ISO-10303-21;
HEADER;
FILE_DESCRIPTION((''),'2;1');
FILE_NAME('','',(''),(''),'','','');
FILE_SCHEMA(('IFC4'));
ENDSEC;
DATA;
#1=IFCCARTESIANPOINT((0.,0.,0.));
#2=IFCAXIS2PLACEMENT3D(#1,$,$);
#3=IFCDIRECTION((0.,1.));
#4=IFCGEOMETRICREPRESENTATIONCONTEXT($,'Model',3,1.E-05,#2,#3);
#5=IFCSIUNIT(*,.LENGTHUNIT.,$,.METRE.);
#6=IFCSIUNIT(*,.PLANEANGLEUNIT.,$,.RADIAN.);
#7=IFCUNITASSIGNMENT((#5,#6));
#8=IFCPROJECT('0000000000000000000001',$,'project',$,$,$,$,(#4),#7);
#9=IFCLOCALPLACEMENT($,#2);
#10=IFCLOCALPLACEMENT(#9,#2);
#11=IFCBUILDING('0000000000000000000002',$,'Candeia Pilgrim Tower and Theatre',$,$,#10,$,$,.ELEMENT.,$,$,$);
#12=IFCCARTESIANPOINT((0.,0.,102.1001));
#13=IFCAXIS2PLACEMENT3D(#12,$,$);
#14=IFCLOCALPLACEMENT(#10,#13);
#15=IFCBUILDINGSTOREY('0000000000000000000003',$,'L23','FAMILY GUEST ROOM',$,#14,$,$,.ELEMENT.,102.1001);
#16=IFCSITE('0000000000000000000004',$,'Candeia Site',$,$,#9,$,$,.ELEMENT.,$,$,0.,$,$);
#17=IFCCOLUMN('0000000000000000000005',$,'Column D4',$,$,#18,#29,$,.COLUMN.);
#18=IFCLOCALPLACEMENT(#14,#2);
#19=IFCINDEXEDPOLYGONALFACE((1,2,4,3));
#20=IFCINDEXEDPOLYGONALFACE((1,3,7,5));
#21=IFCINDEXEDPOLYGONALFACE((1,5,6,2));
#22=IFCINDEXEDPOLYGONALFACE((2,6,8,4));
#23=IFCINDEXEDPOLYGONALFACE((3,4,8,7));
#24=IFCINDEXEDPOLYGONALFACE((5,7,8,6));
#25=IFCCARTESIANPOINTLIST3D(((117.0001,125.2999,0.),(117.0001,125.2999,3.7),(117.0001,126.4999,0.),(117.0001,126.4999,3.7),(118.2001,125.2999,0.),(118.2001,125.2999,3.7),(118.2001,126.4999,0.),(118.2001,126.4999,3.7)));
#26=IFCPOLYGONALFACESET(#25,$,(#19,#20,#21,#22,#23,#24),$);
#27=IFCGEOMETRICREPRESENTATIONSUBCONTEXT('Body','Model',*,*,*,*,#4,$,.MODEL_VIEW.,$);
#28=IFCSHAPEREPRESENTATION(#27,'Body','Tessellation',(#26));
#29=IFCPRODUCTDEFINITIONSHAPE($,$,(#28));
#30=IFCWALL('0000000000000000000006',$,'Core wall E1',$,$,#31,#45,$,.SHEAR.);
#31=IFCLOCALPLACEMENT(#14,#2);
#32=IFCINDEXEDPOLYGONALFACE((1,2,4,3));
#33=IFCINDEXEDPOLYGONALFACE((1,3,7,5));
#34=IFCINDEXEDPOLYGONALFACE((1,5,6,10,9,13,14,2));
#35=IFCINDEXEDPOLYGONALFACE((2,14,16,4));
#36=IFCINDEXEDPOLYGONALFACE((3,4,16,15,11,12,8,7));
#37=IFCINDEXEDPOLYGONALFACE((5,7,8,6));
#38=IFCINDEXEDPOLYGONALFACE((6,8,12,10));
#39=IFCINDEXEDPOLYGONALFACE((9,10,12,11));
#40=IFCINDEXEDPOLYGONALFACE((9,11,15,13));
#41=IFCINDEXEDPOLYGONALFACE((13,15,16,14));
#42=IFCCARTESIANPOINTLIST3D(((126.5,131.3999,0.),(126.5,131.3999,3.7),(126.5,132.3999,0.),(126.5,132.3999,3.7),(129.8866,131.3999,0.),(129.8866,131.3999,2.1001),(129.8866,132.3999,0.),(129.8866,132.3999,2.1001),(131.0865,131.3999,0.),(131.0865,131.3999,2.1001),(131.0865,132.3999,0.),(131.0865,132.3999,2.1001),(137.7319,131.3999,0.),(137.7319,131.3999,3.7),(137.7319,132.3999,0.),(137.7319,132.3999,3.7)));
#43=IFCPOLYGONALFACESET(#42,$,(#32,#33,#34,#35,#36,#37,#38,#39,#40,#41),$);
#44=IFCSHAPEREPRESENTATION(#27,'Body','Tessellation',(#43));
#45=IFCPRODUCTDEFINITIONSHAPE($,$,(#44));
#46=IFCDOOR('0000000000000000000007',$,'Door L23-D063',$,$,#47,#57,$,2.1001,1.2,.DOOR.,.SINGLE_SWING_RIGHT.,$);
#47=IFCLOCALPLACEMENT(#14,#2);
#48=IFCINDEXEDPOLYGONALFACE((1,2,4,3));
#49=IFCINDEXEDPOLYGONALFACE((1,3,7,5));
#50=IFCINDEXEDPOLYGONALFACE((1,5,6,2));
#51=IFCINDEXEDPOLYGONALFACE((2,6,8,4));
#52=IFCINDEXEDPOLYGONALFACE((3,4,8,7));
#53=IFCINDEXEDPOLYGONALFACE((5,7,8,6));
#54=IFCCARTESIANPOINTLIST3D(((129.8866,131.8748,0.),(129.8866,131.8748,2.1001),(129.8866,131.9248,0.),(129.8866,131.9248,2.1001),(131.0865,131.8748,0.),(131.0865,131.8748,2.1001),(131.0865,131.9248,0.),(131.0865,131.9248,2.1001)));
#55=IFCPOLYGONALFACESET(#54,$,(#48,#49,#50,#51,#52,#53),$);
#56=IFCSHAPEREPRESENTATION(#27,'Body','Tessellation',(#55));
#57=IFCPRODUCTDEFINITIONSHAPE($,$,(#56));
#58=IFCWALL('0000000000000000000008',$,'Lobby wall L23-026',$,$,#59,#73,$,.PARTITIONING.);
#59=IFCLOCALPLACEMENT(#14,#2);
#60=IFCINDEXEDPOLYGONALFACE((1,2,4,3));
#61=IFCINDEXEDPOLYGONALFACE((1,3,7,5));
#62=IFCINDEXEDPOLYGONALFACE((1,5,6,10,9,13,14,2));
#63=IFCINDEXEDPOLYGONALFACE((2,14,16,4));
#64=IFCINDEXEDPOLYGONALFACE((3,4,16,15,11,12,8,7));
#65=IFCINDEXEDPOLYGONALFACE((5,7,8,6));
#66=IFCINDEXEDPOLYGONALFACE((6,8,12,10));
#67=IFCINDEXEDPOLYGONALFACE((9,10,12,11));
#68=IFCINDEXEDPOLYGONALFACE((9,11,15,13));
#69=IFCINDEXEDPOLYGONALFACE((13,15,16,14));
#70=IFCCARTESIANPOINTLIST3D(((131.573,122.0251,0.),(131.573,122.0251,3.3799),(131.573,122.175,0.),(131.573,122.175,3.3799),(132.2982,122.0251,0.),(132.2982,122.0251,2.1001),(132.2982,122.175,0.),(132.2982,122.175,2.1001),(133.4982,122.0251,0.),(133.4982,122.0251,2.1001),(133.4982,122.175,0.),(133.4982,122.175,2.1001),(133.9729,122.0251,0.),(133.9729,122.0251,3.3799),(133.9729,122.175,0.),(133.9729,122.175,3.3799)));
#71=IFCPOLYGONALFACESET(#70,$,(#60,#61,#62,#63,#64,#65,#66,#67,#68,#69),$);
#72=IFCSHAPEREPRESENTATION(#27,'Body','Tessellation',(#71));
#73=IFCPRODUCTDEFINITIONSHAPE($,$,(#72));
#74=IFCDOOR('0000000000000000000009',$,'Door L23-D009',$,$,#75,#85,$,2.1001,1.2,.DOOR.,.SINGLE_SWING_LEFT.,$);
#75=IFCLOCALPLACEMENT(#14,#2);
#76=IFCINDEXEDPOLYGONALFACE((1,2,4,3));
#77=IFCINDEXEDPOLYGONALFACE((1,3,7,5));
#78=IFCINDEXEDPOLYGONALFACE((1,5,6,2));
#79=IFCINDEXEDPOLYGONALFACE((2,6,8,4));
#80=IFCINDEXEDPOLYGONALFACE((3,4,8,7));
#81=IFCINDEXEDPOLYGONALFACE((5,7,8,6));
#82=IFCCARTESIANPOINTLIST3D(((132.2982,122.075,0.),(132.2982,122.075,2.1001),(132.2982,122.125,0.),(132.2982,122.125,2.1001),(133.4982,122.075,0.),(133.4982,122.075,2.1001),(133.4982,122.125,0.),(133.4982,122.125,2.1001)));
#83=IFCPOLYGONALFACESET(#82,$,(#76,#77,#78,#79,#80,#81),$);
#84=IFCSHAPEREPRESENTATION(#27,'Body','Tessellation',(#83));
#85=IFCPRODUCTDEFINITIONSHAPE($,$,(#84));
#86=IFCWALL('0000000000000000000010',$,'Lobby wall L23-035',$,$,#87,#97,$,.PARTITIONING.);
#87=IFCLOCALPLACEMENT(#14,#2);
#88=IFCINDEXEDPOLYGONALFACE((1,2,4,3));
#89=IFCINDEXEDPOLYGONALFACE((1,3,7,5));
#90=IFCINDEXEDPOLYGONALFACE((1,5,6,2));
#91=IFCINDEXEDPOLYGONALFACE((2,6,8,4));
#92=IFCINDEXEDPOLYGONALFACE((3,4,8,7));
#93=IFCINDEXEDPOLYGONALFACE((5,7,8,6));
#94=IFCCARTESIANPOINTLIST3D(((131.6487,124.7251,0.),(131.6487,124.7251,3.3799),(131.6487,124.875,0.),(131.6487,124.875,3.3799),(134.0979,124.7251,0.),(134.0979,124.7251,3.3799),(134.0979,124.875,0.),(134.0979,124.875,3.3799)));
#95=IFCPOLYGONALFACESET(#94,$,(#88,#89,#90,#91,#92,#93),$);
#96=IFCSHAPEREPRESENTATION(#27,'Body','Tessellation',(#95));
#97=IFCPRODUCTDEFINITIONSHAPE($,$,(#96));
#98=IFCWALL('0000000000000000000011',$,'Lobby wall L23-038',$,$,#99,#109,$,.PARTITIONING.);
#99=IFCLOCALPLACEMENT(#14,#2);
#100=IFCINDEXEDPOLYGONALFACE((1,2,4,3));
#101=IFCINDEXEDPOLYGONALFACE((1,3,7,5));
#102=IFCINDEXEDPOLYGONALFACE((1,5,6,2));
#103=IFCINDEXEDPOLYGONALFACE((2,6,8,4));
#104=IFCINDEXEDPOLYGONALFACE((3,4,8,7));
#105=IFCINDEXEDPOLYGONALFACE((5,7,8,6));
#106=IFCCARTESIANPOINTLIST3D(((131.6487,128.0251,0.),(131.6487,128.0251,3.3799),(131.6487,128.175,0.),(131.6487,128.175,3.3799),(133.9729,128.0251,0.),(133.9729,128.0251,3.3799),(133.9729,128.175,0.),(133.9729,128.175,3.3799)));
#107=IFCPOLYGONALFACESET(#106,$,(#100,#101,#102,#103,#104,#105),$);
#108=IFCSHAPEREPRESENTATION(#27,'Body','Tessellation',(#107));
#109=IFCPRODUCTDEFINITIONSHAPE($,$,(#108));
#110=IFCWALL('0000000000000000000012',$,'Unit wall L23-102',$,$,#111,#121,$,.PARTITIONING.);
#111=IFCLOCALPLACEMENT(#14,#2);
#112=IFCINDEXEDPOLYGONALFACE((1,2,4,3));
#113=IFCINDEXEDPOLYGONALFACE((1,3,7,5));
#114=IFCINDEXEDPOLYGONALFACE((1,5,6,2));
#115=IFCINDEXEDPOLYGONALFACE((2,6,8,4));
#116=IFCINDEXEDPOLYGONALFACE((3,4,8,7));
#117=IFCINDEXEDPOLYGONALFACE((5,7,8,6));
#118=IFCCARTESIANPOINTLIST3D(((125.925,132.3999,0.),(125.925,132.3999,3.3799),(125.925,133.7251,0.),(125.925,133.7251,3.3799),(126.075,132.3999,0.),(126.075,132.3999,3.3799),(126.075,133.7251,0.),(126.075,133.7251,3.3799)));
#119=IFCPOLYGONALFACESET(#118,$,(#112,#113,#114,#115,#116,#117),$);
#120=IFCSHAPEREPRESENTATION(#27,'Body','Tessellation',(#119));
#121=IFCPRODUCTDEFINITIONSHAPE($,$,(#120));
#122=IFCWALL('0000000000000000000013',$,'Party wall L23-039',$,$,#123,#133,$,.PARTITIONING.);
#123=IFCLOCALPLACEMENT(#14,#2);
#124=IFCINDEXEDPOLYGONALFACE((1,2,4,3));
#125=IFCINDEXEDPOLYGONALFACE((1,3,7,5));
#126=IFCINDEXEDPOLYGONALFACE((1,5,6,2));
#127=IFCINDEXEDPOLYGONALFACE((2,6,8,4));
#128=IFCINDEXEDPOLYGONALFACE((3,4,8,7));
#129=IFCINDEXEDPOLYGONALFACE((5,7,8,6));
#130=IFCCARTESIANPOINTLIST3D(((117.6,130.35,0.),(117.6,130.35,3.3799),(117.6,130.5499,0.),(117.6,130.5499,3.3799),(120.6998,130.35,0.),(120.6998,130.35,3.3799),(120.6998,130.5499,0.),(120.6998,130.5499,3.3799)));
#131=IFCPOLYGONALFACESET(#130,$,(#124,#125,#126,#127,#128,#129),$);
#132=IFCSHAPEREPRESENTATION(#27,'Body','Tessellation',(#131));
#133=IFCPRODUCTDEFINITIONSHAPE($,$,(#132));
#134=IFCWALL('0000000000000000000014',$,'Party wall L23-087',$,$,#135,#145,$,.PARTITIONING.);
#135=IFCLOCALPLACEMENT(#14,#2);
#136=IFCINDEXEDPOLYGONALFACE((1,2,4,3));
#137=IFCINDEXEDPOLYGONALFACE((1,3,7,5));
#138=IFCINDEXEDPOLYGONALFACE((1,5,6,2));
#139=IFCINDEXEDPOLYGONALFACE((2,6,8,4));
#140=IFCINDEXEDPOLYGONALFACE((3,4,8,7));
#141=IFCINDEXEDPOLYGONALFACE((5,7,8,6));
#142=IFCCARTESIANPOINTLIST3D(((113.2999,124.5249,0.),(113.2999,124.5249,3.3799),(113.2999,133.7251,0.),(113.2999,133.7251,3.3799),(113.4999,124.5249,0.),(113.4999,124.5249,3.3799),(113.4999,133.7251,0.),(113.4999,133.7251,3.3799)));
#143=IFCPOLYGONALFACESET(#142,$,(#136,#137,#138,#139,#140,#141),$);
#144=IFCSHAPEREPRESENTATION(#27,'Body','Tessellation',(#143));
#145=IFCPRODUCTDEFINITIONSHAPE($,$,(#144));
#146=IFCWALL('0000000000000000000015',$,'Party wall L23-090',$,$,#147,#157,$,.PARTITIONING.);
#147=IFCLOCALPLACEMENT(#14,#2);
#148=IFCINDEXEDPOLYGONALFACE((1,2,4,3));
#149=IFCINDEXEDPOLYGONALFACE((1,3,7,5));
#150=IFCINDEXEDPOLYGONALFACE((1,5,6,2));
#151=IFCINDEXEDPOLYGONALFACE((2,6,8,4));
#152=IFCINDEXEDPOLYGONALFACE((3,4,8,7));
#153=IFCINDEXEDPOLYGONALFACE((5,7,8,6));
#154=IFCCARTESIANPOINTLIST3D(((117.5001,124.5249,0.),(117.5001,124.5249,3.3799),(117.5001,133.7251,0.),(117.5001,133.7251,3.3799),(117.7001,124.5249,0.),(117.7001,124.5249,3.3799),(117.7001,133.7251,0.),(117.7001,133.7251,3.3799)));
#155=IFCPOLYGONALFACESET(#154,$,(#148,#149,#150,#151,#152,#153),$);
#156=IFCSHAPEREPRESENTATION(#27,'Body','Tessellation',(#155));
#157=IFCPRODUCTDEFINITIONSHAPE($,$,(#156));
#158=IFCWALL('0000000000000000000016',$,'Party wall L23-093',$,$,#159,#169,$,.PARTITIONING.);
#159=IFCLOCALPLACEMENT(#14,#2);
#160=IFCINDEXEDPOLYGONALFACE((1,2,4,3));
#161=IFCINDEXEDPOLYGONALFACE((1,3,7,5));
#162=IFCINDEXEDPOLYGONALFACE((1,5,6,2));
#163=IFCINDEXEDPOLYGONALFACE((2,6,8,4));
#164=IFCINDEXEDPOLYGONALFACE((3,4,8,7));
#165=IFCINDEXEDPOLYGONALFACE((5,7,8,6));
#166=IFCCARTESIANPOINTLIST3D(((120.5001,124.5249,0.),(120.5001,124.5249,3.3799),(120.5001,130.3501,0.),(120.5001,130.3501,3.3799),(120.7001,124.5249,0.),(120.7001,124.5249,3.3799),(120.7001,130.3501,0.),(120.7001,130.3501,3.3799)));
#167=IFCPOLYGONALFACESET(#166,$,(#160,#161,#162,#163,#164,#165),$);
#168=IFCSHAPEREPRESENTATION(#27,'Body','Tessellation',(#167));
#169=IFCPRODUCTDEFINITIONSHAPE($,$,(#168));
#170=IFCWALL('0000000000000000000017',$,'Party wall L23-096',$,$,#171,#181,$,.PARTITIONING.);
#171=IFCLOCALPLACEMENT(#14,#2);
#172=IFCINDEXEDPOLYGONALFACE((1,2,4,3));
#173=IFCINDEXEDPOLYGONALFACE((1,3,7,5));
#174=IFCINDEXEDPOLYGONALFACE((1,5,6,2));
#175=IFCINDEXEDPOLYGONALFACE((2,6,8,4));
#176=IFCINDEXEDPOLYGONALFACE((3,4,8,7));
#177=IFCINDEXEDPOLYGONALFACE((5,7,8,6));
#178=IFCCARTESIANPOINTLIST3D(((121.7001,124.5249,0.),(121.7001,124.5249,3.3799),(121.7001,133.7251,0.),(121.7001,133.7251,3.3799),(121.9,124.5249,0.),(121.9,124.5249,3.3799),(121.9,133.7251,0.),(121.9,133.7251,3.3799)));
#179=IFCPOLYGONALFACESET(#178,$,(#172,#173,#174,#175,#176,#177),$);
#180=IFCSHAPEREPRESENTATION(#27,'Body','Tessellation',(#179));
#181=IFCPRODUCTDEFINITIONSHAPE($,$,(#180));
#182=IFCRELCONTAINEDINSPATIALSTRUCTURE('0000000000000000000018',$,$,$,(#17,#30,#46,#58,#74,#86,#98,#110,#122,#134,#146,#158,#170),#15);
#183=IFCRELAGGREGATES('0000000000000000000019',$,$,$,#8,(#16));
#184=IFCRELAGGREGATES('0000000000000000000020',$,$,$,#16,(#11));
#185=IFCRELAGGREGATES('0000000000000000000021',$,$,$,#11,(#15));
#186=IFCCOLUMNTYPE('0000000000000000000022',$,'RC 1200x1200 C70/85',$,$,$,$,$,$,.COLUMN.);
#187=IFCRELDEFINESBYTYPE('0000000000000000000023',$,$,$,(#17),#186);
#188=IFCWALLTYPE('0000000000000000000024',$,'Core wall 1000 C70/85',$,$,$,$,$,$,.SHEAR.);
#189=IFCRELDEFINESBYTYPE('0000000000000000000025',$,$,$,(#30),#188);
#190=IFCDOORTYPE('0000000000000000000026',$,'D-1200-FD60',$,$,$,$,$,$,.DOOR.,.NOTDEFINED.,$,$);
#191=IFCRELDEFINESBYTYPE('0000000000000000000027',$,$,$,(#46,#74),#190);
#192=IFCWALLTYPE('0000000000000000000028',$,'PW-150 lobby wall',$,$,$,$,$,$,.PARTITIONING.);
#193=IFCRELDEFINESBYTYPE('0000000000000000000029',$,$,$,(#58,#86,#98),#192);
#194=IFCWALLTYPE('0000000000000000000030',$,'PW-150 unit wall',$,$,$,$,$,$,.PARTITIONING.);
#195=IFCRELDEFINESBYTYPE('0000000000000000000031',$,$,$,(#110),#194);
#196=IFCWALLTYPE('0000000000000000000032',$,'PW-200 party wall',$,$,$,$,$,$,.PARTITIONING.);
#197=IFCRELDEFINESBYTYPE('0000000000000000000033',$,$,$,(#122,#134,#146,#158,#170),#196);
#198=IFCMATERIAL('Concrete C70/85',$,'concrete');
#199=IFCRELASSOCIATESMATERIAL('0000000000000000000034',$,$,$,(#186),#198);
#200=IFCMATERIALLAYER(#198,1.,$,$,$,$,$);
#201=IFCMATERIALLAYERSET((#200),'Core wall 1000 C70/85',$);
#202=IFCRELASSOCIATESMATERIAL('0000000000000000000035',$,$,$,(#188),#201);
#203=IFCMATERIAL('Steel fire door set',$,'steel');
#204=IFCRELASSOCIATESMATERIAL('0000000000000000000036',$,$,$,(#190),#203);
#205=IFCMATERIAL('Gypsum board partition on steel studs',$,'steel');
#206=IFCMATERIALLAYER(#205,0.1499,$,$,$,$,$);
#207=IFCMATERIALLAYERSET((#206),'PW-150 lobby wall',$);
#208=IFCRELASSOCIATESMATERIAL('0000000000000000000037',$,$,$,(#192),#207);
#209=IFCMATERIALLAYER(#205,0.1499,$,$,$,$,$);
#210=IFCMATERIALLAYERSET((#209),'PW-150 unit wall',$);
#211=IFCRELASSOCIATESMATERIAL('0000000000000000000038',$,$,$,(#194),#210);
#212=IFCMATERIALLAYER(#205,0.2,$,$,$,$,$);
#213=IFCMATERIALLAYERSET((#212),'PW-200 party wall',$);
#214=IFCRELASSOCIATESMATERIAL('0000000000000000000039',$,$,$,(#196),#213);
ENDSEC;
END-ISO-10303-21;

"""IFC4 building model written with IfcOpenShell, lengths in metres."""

from ifc_helpers import new_model, si_unit, direction, frame, frame_2d, origin, origin_2d, place, context, subcontext, project, spatial, rectangle, extrude, material, layer, layer_set, material_profile, profile_set, type_object, element, fill, save


model = new_model("IFC4")

# Units and contexts
model_context = context("Model", 3, precision=1e-05, world=origin(), true_north=direction((0.0, 1.0)))
body_context = subcontext(model_context, "Body", "Model", "MODEL_VIEW")
ifc_project = project(units=[si_unit("LENGTHUNIT", "METRE"), si_unit("PLANEANGLEUNIT", "RADIAN")], contexts=[model_context])

# Site, building, storey
site_placement = place(None, origin())
site = spatial("IfcSite", under=ifc_project, at=site_placement, Name="Candeia Site", CompositionType="ELEMENT", RefElevation=0.0)
building_placement = place(site_placement, origin())
building = spatial("IfcBuilding", under=site, at=building_placement, Name="Candeia Pilgrim Tower and Theatre", CompositionType="ELEMENT")
storey_placement = place(building_placement, frame((0.0, 0.0, 102.1001)))
storey = spatial("IfcBuildingStorey", under=building, at=storey_placement, Name="L23", Description="FAMILY GUEST ROOM", CompositionType="ELEMENT", Elevation=102.1001)

# Column
ifc_material_1 = material(Name="Concrete C70/85", Category="concrete")
ifc_material_profile = material_profile(ifc_material_1, rectangle(XDim=1.2, YDim=1.2, at=origin_2d()))
ifc_profile_set = profile_set([ifc_material_profile], Name="Concrete C70/85")
column_type = type_object("IfcColumnType", Name="RC 1200x1200 C70/85", PredefinedType="COLUMN", material=ifc_profile_set)
column_placement = place(storey_placement, frame((117.6001, 125.8999, 0.0), z_axis=(0.0, 0.0, 1.0), x_axis=(1.0, 0.0, 0.0)))
element("IfcColumn", 1, at=column_placement, inside=storey, type_object=column_type, Name="Column D4", PredefinedType="COLUMN", context=body_context, shape_type="SweptSolid", body=[
    extrude(rectangle(XDim=1.2, YDim=1.2, at=origin_2d()), origin(), (0.0, 0.0, 1.0), 3.7),
])

# Walls, openings, doors
ifc_layer_1 = layer(ifc_material_1, 1.0)
ifc_layer_set_1 = layer_set([ifc_layer_1], Name="Core wall 1000 C70/85")
wall_type_1 = type_object("IfcWallType", Name="Core wall 1000 C70/85", PredefinedType="SHEAR", material=ifc_layer_set_1)
wall_1_placement = place(storey_placement, frame((126.5, 131.8999, 0.0), z_axis=(0.0, 0.0, 1.0), x_axis=(1.0, 0.0, 0.0)))
wall_1 = element("IfcWall", 2, at=wall_1_placement, inside=storey, type_object=wall_type_1, Name="Core wall E1", PredefinedType="SHEAR", context=body_context, shape_type="SweptSolid", body=[
    extrude(rectangle(XDim=11.2319, YDim=1.0, at=frame_2d((5.616, 0.0))), origin(), (0.0, 0.0, 1.0), 3.7),
])
opening_1_placement = place(wall_1_placement, frame((3.3865, 0.0, 0.0)))
opening_1 = element("IfcOpeningElement", 3, at=opening_1_placement, cuts=wall_1, PredefinedType="OPENING", context=body_context, shape_type="SweptSolid", body=[
    extrude(rectangle(XDim=1.2, YDim=2.1001, at=frame_2d((0.6001, 1.05))), frame((0.0, 0.51, 0.0), z_axis=(0.0, -1.0, 0.0), x_axis=(1.0, 0.0, 0.0)), (0.0, 0.0, 1.0), 1.02),
])
ifc_material_2 = material(Name="Steel fire door set", Category="steel")
door_type_1 = type_object("IfcDoorType", Name="D-1200-FD60", OperationType="NOTDEFINED", PredefinedType="DOOR", material=ifc_material_2)
door_1_placement = place(opening_1_placement, origin())
door_1 = element("IfcDoor", 4, at=door_1_placement, inside=storey, type_object=door_type_1, Name="Door L23-D063", OperationType="SINGLE_SWING_RIGHT", OverallHeight=2.1001, OverallWidth=1.2, PredefinedType="DOOR", context=body_context, shape_type="SweptSolid", body=[
    extrude(rectangle(XDim=1.2, YDim=2.1001, at=frame_2d((0.6001, 1.05))), frame((0.0, 0.0249, 0.0), z_axis=(0.0, -1.0, 0.0), x_axis=(1.0, 0.0, 0.0)), (0.0, 0.0, 1.0), 0.05),
])
fill(opening_1, door_1)
ifc_material_3 = material(Name="Gypsum board partition on steel studs", Category="steel")
ifc_layer_2 = layer(ifc_material_3, 0.1499)
ifc_layer_set_2 = layer_set([ifc_layer_2], Name="PW-150 lobby wall")
wall_type_2 = type_object("IfcWallType", Name="PW-150 lobby wall", PredefinedType="PARTITIONING", material=ifc_layer_set_2)
wall_2_placement = place(storey_placement, frame((131.573, 122.1001, 0.0), z_axis=(0.0, 0.0, 1.0), x_axis=(1.0, 0.0, 0.0)))
wall_2 = element("IfcWall", 5, at=wall_2_placement, inside=storey, type_object=wall_type_2, Name="Lobby wall L23-026", PredefinedType="PARTITIONING", context=body_context, shape_type="SweptSolid", body=[
    extrude(rectangle(XDim=2.3999, YDim=0.1499, at=frame_2d((1.2, 0.0))), origin(), (0.0, 0.0, 1.0), 3.3799),
])
opening_2_placement = place(wall_2_placement, frame((0.7251, 0.0, 0.0)))
opening_2 = element("IfcOpeningElement", 6, at=opening_2_placement, cuts=wall_2, PredefinedType="OPENING", context=body_context, shape_type="SweptSolid", body=[
    extrude(rectangle(XDim=1.2, YDim=2.1001, at=frame_2d((0.6001, 1.05))), frame((0.0, 0.085, 0.0), z_axis=(0.0, -1.0, 0.0), x_axis=(1.0, 0.0, 0.0)), (0.0, 0.0, 1.0), 0.1699),
])
door_2_placement = place(opening_2_placement, origin())
door_2 = element("IfcDoor", 7, at=door_2_placement, inside=storey, type_object=door_type_1, Name="Door L23-D009", OperationType="SINGLE_SWING_LEFT", OverallHeight=2.1001, OverallWidth=1.2, PredefinedType="DOOR", context=body_context, shape_type="SweptSolid", body=[
    extrude(rectangle(XDim=1.2, YDim=2.1001, at=frame_2d((0.6001, 1.05))), frame((0.0, 0.0249, 0.0), z_axis=(0.0, -1.0, 0.0), x_axis=(1.0, 0.0, 0.0)), (0.0, 0.0, 1.0), 0.05),
])
fill(opening_2, door_2)

# Walls
wall_3_placement = place(storey_placement, frame((131.6487, 124.8, 0.0), z_axis=(0.0, 0.0, 1.0), x_axis=(1.0, 0.0, 0.0)))
element("IfcWall", 8, at=wall_3_placement, inside=storey, type_object=wall_type_2, Name="Lobby wall L23-035", PredefinedType="PARTITIONING", context=body_context, shape_type="SweptSolid", body=[
    extrude(rectangle(XDim=2.4492, YDim=0.1499, at=frame_2d((1.2246, 0.0))), origin(), (0.0, 0.0, 1.0), 3.3799),
])
wall_4_placement = place(storey_placement, frame((131.6487, 128.1001, 0.0), z_axis=(0.0, 0.0, 1.0), x_axis=(1.0, 0.0, 0.0)))
element("IfcWall", 9, at=wall_4_placement, inside=storey, type_object=wall_type_2, Name="Lobby wall L23-038", PredefinedType="PARTITIONING", context=body_context, shape_type="SweptSolid", body=[
    extrude(rectangle(XDim=2.3242, YDim=0.1499, at=frame_2d((1.1621, 0.0))), origin(), (0.0, 0.0, 1.0), 3.3799),
])
ifc_layer_3 = layer(ifc_material_3, 0.1499)
ifc_layer_set_3 = layer_set([ifc_layer_3], Name="PW-150 unit wall")
wall_type_3 = type_object("IfcWallType", Name="PW-150 unit wall", PredefinedType="PARTITIONING", material=ifc_layer_set_3)
wall_5_placement = place(storey_placement, frame((126.0, 132.3999, 0.0), z_axis=(0.0, 0.0, 1.0), x_axis=(0.0, 1.0, 0.0)))
element("IfcWall", 10, at=wall_5_placement, inside=storey, type_object=wall_type_3, Name="Unit wall L23-102", PredefinedType="PARTITIONING", context=body_context, shape_type="SweptSolid", body=[
    extrude(rectangle(XDim=1.3252, YDim=0.1499, at=frame_2d((0.6626, 0.0))), origin(), (0.0, 0.0, 1.0), 3.3799),
])
ifc_layer_4 = layer(ifc_material_3, 0.2)
ifc_layer_set_4 = layer_set([ifc_layer_4], Name="PW-200 party wall")
wall_type_4 = type_object("IfcWallType", Name="PW-200 party wall", PredefinedType="PARTITIONING", material=ifc_layer_set_4)
wall_6_placement = place(storey_placement, frame((117.6001, 130.45, 0.0), z_axis=(0.0, 0.0, 1.0), x_axis=(1.0, 0.0, 0.0)))
element("IfcWall", 11, at=wall_6_placement, inside=storey, type_object=wall_type_4, Name="Party wall L23-039", PredefinedType="PARTITIONING", context=body_context, shape_type="SweptSolid", body=[
    extrude(rectangle(XDim=3.0999, YDim=0.2, at=frame_2d((1.5498, 0.0))), origin(), (0.0, 0.0, 1.0), 3.3799),
])
for number, where, z_axis, x_axis, name in (
    (12, (113.3999, 124.5249, 0.0), (0.0, 0.0, 1.0), (0.0, 1.0, 0.0), "Party wall L23-087"),
    (13, (117.6001, 124.5249, 0.0), (0.0, 0.0, 1.0), (0.0, 1.0, 0.0), "Party wall L23-090"),
):
    element("IfcWall", number, at=place(storey_placement, frame(where, z_axis=z_axis, x_axis=x_axis)), inside=storey, type_object=wall_type_4, Name=name, PredefinedType="PARTITIONING", context=body_context, shape_type="SweptSolid", body=[
        extrude(rectangle(XDim=9.2002, YDim=0.2, at=frame_2d((4.6001, 0.0))), origin(), (0.0, 0.0, 1.0), 3.3799),
    ])
wall_7_placement = place(storey_placement, frame((120.6001, 124.5249, 0.0), z_axis=(0.0, 0.0, 1.0), x_axis=(0.0, 1.0, 0.0)))
element("IfcWall", 14, at=wall_7_placement, inside=storey, type_object=wall_type_4, Name="Party wall L23-093", PredefinedType="PARTITIONING", context=body_context, shape_type="SweptSolid", body=[
    extrude(rectangle(XDim=5.8252, YDim=0.2, at=frame_2d((2.9126, 0.0))), origin(), (0.0, 0.0, 1.0), 3.3799),
])
wall_8_placement = place(storey_placement, frame((121.8, 124.5249, 0.0), z_axis=(0.0, 0.0, 1.0), x_axis=(0.0, 1.0, 0.0)))
element("IfcWall", 15, at=wall_8_placement, inside=storey, type_object=wall_type_4, Name="Party wall L23-096", PredefinedType="PARTITIONING", context=body_context, shape_type="SweptSolid", body=[
    extrude(rectangle(XDim=9.2002, YDim=0.2, at=frame_2d((4.6001, 0.0))), origin(), (0.0, 0.0, 1.0), 3.3799),
])

save(model, "model.ifc")
